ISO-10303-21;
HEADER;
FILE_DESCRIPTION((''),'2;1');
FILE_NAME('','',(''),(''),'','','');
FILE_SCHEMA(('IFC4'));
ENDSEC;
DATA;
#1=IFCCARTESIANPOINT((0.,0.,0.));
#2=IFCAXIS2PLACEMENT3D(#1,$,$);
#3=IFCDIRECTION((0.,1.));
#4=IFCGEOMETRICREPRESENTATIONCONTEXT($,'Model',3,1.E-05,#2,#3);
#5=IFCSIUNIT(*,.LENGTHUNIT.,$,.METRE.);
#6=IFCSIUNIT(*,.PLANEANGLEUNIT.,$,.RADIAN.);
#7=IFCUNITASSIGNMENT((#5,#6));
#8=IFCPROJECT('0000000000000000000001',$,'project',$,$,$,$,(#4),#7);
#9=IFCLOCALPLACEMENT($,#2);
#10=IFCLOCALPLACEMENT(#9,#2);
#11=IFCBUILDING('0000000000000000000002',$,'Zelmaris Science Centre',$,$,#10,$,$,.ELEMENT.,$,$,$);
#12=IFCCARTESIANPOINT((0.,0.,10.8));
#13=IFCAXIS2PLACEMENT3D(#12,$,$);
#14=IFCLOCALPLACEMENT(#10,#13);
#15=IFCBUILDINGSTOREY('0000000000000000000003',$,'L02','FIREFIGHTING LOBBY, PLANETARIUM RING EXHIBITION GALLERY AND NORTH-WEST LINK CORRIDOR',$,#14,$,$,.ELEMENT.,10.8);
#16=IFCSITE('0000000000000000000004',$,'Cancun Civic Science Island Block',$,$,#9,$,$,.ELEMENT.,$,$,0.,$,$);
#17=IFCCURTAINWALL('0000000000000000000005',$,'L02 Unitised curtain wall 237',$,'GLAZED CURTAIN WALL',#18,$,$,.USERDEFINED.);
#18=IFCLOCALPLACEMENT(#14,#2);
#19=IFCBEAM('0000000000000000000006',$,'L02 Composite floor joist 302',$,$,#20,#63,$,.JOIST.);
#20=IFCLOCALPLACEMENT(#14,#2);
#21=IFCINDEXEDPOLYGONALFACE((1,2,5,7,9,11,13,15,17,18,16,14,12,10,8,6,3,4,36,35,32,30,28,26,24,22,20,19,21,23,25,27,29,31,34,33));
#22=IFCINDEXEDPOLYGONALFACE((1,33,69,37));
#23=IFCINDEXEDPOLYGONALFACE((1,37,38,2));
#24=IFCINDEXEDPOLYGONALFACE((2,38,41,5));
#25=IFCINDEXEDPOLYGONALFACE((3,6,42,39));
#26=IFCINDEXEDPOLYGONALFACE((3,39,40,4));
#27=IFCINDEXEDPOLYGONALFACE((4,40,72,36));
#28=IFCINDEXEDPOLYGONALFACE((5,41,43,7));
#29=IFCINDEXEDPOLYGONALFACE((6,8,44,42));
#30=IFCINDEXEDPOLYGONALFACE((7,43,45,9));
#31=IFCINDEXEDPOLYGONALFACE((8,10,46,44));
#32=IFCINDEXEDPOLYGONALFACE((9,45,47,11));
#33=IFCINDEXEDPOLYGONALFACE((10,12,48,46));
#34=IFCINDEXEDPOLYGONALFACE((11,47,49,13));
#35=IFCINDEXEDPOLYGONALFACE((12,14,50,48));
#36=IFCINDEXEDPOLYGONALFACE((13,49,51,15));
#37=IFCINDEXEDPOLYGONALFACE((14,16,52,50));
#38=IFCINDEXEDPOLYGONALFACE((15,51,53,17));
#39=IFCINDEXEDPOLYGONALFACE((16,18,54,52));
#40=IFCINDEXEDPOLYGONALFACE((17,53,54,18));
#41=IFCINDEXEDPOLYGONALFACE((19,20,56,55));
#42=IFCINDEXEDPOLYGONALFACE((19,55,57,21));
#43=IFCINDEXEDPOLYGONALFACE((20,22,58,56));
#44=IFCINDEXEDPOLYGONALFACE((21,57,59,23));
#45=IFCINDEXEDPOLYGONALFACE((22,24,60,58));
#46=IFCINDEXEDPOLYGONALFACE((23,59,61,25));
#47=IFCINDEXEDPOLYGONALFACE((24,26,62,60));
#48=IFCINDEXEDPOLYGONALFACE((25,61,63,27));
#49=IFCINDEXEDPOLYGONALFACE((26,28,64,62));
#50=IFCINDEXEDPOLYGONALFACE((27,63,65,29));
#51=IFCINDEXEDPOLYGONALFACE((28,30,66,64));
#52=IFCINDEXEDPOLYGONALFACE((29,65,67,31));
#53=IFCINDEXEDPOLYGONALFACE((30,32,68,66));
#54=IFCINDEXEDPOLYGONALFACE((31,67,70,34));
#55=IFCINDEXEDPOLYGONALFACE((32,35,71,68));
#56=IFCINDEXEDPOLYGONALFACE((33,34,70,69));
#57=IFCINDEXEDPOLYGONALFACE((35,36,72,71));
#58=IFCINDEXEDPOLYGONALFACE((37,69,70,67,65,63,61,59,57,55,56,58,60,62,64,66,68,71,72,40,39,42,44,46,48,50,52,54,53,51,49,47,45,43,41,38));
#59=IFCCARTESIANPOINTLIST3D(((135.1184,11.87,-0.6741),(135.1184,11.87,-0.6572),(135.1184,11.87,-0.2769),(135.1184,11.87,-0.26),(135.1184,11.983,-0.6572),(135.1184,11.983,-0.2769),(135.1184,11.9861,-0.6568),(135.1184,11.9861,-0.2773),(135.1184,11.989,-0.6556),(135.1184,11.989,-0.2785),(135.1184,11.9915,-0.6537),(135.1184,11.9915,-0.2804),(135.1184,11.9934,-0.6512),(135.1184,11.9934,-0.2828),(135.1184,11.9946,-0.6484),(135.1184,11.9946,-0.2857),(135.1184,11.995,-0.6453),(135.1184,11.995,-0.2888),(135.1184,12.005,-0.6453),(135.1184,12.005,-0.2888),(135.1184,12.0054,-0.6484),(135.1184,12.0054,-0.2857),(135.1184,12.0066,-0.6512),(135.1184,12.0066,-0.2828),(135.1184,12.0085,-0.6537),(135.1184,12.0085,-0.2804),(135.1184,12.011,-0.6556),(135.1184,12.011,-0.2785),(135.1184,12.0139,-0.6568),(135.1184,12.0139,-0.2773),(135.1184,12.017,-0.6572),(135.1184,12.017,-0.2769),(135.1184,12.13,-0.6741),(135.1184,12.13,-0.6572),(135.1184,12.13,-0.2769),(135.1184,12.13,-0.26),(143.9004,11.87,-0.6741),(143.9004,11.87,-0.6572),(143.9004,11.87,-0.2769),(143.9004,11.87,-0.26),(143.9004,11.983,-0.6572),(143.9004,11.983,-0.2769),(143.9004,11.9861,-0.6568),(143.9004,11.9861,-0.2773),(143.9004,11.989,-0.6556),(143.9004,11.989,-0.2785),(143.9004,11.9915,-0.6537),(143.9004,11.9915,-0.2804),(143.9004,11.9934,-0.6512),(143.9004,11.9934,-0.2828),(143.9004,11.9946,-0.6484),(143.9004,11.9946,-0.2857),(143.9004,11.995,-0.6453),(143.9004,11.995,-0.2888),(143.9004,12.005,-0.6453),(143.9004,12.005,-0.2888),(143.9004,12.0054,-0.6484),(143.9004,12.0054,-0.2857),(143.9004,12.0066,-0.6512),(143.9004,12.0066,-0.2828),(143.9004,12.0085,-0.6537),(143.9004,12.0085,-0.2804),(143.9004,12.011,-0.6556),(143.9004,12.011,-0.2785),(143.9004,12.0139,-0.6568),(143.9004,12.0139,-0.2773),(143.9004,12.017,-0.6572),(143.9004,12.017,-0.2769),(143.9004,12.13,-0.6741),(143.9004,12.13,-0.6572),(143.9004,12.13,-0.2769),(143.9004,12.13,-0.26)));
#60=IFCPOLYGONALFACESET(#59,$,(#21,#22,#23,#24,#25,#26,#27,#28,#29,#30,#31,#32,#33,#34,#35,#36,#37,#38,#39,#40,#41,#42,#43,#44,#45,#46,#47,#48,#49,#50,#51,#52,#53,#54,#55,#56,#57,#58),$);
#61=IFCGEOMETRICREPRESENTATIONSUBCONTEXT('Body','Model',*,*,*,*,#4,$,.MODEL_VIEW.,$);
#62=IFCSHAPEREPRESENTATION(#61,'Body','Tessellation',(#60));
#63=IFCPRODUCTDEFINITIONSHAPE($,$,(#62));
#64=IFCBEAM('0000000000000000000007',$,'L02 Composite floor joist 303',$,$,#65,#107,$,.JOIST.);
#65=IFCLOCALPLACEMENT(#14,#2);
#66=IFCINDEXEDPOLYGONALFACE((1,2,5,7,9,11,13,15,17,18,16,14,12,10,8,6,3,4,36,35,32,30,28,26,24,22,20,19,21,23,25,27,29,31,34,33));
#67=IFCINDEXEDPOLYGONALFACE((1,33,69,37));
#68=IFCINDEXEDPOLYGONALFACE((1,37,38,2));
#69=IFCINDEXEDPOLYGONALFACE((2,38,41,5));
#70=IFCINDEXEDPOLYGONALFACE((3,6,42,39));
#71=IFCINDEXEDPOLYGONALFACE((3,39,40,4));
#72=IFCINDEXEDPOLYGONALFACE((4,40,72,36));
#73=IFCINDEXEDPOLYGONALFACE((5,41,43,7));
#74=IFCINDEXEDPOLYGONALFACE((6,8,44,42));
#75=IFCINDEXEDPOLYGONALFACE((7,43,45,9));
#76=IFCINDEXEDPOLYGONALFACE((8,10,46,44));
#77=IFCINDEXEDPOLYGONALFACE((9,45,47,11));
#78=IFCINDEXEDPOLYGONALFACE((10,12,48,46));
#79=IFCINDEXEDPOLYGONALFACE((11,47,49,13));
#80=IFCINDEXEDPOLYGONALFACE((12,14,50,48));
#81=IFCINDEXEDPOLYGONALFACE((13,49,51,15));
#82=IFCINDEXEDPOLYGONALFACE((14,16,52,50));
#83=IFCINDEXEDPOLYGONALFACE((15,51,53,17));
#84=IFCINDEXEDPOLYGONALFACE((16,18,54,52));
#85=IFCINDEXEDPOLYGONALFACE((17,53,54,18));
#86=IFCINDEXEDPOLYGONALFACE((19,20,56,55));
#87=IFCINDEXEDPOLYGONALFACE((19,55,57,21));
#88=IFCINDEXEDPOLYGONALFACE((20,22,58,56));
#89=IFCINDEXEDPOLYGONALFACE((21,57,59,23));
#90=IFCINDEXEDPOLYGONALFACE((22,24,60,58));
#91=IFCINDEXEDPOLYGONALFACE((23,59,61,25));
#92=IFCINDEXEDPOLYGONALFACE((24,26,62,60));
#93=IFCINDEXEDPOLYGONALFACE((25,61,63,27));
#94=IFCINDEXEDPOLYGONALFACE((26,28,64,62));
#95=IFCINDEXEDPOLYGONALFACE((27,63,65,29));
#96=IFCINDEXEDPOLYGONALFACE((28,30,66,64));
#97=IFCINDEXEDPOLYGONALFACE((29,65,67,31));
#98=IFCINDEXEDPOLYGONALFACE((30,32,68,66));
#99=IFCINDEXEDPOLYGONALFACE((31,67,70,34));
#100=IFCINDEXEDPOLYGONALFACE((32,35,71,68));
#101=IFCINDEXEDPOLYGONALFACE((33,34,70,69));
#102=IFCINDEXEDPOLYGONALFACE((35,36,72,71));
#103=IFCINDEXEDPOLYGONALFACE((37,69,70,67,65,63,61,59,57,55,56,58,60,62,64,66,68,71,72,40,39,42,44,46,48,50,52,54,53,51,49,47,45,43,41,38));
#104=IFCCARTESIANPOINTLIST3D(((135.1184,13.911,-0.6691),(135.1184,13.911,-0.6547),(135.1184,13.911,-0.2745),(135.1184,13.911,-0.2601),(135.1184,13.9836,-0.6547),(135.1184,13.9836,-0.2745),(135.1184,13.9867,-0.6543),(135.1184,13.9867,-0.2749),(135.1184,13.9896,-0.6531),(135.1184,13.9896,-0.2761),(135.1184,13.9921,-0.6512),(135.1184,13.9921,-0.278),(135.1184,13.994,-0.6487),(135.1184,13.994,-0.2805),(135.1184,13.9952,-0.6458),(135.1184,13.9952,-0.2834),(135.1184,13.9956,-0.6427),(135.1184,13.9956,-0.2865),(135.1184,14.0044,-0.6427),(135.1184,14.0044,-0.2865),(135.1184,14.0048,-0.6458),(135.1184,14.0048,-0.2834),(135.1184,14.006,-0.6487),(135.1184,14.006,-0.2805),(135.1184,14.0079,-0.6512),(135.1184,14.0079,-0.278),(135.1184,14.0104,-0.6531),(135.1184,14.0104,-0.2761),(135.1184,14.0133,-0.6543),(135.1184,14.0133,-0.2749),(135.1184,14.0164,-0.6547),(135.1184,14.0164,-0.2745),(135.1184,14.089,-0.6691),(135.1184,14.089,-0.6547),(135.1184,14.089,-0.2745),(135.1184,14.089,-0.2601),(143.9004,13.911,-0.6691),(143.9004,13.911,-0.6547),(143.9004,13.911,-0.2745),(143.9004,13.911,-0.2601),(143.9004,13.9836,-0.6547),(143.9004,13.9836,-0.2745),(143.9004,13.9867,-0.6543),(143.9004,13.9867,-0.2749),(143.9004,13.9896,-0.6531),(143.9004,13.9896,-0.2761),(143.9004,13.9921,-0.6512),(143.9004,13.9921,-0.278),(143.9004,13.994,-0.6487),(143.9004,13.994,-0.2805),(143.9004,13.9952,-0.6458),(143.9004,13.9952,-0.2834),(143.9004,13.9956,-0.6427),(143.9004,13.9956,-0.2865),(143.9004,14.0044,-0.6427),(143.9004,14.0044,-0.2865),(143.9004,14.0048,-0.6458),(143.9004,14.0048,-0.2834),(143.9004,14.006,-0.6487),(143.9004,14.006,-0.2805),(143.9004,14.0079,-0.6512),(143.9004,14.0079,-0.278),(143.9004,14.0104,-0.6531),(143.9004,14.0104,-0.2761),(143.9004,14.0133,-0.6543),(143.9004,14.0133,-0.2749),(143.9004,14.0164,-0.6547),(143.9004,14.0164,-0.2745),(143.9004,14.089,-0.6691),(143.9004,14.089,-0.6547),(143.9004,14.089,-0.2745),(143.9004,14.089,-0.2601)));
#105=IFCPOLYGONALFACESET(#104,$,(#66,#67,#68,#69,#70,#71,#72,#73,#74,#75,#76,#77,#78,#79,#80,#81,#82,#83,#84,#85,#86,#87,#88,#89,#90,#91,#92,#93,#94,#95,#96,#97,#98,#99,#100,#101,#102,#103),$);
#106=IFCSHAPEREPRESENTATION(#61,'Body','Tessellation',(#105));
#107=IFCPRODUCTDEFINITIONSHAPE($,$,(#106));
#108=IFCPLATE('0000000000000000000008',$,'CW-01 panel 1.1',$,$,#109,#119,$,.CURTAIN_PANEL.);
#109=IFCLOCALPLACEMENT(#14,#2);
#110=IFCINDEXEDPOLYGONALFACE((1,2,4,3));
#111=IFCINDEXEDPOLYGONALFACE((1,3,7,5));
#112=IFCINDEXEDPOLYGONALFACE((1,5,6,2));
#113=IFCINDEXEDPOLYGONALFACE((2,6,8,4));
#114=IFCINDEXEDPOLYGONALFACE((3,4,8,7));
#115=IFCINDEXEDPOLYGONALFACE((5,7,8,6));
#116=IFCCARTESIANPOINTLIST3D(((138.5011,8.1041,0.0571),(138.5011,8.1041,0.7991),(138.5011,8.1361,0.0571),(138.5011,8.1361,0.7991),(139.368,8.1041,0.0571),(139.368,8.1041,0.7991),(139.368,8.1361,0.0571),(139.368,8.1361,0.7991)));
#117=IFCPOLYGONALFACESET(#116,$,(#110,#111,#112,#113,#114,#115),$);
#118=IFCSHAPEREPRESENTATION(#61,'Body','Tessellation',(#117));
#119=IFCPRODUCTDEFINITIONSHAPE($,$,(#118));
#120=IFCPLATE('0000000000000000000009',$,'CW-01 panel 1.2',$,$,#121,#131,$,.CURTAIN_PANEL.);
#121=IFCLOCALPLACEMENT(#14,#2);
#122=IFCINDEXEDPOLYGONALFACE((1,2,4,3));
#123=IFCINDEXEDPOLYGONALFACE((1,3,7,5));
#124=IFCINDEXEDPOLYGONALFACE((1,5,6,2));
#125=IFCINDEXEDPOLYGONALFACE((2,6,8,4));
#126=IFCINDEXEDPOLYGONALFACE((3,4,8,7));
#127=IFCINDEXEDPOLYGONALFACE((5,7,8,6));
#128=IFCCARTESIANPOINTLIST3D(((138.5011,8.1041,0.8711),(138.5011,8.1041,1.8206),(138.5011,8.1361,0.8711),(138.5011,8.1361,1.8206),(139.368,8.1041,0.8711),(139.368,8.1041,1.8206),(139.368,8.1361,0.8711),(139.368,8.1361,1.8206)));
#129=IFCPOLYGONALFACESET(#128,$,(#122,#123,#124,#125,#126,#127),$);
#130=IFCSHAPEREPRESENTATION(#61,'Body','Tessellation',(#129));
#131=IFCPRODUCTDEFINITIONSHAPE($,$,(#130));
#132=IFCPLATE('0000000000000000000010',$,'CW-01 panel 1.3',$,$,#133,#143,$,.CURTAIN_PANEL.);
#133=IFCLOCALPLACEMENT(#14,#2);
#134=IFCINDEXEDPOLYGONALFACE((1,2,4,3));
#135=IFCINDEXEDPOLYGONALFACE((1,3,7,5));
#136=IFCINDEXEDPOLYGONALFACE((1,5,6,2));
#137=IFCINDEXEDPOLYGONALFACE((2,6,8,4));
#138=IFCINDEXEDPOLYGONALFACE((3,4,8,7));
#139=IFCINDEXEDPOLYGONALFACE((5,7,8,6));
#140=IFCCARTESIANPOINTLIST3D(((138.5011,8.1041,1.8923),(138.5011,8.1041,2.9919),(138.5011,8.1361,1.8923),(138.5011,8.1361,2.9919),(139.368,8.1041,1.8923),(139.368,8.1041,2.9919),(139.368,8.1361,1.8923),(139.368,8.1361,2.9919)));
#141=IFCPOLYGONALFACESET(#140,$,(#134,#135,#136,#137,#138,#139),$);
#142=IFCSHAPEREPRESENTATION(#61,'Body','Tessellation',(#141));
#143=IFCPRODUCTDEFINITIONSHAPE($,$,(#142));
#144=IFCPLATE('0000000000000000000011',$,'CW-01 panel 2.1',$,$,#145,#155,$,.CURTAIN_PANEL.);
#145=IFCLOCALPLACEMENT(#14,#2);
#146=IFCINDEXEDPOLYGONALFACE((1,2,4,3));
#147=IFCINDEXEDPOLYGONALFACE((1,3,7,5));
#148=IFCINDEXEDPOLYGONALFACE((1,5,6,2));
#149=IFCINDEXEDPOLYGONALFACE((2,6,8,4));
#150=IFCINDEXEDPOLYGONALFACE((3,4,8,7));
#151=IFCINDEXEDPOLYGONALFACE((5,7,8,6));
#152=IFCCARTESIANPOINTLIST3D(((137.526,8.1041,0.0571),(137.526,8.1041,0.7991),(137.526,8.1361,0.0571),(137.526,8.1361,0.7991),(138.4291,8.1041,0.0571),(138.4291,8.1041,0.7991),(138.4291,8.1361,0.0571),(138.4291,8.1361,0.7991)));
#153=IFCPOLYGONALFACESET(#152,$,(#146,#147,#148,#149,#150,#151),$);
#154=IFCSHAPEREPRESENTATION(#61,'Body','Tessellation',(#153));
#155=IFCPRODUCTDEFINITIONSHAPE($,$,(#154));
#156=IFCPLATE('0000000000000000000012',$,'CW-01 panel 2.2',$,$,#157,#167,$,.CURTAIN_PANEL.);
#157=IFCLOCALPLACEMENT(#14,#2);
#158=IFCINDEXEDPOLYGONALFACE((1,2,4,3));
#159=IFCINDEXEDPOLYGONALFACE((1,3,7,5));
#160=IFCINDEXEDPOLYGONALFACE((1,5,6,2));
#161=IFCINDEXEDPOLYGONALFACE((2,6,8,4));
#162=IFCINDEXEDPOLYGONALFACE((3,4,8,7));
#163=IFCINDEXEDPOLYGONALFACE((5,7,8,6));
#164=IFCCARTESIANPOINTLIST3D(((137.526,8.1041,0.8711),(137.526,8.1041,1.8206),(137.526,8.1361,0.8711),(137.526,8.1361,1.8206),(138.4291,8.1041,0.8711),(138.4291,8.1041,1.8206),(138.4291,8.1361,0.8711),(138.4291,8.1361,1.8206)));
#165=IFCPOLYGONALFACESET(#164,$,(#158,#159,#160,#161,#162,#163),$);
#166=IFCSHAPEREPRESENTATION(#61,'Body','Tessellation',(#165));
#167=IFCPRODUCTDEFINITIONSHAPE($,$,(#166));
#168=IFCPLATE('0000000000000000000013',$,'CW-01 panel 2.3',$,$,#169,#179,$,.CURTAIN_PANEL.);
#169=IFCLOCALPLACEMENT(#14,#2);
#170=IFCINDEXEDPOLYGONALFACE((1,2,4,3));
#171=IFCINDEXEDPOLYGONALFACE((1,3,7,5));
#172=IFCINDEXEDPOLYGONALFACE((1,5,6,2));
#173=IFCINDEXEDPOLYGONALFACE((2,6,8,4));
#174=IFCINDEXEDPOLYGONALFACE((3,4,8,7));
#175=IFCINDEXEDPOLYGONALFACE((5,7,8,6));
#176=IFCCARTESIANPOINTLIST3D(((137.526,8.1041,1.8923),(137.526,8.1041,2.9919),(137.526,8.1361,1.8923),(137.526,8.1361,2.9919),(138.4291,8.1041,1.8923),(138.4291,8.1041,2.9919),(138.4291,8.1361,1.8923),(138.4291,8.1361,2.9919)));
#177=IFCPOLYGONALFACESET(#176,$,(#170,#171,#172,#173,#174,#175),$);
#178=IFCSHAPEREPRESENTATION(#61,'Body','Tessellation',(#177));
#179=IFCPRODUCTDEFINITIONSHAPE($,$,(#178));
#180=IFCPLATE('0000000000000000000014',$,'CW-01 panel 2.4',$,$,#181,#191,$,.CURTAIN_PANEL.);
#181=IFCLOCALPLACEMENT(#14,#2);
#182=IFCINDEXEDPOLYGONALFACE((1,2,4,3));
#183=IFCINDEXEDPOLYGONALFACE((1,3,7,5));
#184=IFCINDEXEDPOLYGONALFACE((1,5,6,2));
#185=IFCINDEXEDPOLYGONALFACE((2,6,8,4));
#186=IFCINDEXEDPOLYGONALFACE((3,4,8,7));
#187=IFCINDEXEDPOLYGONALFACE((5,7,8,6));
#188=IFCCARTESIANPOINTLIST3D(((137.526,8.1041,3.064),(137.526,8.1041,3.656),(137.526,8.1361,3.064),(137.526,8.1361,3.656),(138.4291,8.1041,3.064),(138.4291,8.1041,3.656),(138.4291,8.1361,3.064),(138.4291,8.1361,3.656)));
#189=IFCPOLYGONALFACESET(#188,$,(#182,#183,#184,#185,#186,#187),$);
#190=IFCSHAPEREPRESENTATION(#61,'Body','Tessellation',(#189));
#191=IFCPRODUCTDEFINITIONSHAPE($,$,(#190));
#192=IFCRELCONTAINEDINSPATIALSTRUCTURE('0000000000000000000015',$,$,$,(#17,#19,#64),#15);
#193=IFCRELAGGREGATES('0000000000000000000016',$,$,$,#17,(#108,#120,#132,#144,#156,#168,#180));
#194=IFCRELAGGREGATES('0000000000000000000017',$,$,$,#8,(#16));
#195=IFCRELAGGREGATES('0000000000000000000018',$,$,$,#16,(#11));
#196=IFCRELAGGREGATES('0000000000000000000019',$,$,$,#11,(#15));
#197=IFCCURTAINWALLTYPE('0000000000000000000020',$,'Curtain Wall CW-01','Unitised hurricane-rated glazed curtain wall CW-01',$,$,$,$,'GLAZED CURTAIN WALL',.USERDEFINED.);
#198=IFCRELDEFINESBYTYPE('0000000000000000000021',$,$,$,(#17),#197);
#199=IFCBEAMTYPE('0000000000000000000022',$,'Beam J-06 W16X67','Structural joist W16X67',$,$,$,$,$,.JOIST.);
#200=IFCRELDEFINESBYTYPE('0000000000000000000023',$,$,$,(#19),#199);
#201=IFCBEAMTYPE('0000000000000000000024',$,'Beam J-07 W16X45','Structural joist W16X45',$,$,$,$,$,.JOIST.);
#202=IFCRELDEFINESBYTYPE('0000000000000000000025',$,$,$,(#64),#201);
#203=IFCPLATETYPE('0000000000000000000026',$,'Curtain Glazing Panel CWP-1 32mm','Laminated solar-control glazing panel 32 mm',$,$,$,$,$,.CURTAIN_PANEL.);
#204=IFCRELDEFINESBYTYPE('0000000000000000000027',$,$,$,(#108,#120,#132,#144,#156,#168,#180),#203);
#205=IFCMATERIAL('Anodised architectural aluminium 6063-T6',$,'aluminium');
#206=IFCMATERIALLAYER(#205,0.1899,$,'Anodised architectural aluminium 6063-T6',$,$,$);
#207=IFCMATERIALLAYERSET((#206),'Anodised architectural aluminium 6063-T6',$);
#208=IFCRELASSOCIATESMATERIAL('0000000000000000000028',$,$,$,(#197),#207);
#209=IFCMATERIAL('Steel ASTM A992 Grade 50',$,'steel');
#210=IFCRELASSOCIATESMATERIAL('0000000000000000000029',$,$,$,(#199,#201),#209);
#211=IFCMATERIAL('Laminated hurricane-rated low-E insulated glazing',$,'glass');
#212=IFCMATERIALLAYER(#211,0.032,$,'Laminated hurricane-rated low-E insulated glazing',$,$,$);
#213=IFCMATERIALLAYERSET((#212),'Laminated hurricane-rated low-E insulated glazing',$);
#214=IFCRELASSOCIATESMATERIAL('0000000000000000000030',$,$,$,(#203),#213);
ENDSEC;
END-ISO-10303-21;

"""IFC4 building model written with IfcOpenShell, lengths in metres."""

from ifc_helpers import new_model, si_unit, direction, frame, origin, origin_2d, place, context, subcontext, project, spatial, rectangle, i_section, extrude, material, layer, layer_set, material_profile, profile_set, type_object, element, aggregate, save


model = new_model("IFC4")

# Units and contexts
model_context = context("Model", 3, precision=1e-05, world=origin(), true_north=direction((0.0, 1.0)))
body_context = subcontext(model_context, "Body", "Model", "MODEL_VIEW")
ifc_project = project(units=[si_unit("LENGTHUNIT", "METRE"), si_unit("PLANEANGLEUNIT", "RADIAN")], contexts=[model_context])

# Site, building, storey
site_placement = place(None, origin())
site = spatial("IfcSite", under=ifc_project, at=site_placement, Name="Cancun Civic Science Island Block", CompositionType="ELEMENT", RefElevation=0.0)
building_placement = place(site_placement, origin())
building = spatial("IfcBuilding", under=site, at=building_placement, Name="Zelmaris Science Centre", CompositionType="ELEMENT")
storey_placement = place(building_placement, frame((0.0, 0.0, 10.8)))
storey = spatial("IfcBuildingStorey", under=building, at=storey_placement, Name="L02", Description="FIREFIGHTING LOBBY, PLANETARIUM RING EXHIBITION GALLERY AND NORTH-WEST LINK CORRIDOR", CompositionType="ELEMENT", Elevation=10.8)

# Shared definitions
ifc_material_1 = material(Name="Steel ASTM A992 Grade 50", Category="steel")

# Curtain wall
ifc_material_2 = material(Name="Anodised architectural aluminium 6063-T6", Category="aluminium")
ifc_layer_1 = layer(ifc_material_2, 0.1899, Name="Anodised architectural aluminium 6063-T6")
ifc_layer_set_1 = layer_set([ifc_layer_1], Name="Anodised architectural aluminium 6063-T6")
curtain_wall_type = type_object("IfcCurtainWallType", Name="Curtain Wall CW-01", Description="Unitised hurricane-rated glazed curtain wall CW-01", ElementType="GLAZED CURTAIN WALL", PredefinedType="USERDEFINED", material=ifc_layer_set_1)
curtain_wall_placement = place(storey_placement, origin())
curtain_wall = element("IfcCurtainWall", 1, at=curtain_wall_placement, inside=storey, type_object=curtain_wall_type, Name="L02 Unitised curtain wall 237", ObjectType="GLAZED CURTAIN WALL", PredefinedType="USERDEFINED")

# Beams
ifc_material_profile_1 = material_profile(ifc_material_1, i_section(OverallWidth=0.26, OverallDepth=0.4141, WebThickness=0.01, FlangeThickness=0.0168, FilletRadius=0.012, at=origin_2d()), Name="W16X67")
ifc_profile_set_1 = profile_set([ifc_material_profile_1], Name="Steel ASTM A992 Grade 50")
beam_type_1 = type_object("IfcBeamType", Name="Beam J-06 W16X67", Description="Structural joist W16X67", PredefinedType="JOIST", material=ifc_profile_set_1)
beam_1_placement = place(storey_placement, frame((135.1184, 12.0, -0.467), z_axis=(1.0, 0.0, 0.0), x_axis=(0.0, 1.0, 0.0)))
element("IfcBeam", 2, at=beam_1_placement, inside=storey, type_object=beam_type_1, Name="L02 Composite floor joist 302", PredefinedType="JOIST", context=body_context, shape_type="SweptSolid", body=[
    extrude(i_section(OverallWidth=0.26, OverallDepth=0.4141, WebThickness=0.01, FlangeThickness=0.0168, FilletRadius=0.012, at=origin_2d()), origin(), (0.0, 0.0, 1.0), 8.782),
])
ifc_material_profile_2 = material_profile(ifc_material_1, i_section(OverallWidth=0.178, OverallDepth=0.4089, WebThickness=0.0088, FlangeThickness=0.0144, FilletRadius=0.012, at=origin_2d()), Name="W16X45")
ifc_profile_set_2 = profile_set([ifc_material_profile_2], Name="Steel ASTM A992 Grade 50")
beam_type_2 = type_object("IfcBeamType", Name="Beam J-07 W16X45", Description="Structural joist W16X45", PredefinedType="JOIST", material=ifc_profile_set_2)
beam_2_placement = place(storey_placement, frame((135.1184, 14.0, -0.4646), z_axis=(1.0, 0.0, 0.0), x_axis=(0.0, 1.0, 0.0)))
element("IfcBeam", 3, at=beam_2_placement, inside=storey, type_object=beam_type_2, Name="L02 Composite floor joist 303", PredefinedType="JOIST", context=body_context, shape_type="SweptSolid", body=[
    extrude(i_section(OverallWidth=0.178, OverallDepth=0.4089, WebThickness=0.0088, FlangeThickness=0.0144, FilletRadius=0.012, at=origin_2d()), origin(), (0.0, 0.0, 1.0), 8.782),
])

# Plates
ifc_material_3 = material(Name="Laminated hurricane-rated low-E insulated glazing", Category="glass")
ifc_layer_2 = layer(ifc_material_3, 0.032, Name="Laminated hurricane-rated low-E insulated glazing")
ifc_layer_set_2 = layer_set([ifc_layer_2], Name="Laminated hurricane-rated low-E insulated glazing")
plate_type = type_object("IfcPlateType", Name="Curtain Glazing Panel CWP-1 32mm", Description="Laminated solar-control glazing panel 32 mm", PredefinedType="CURTAIN_PANEL", material=ifc_layer_set_2)
plate_1_placement = place(storey_placement, frame((138.9346, 8.1201, 0.0571), z_axis=(0.0, 0.0, 1.0), x_axis=(-1.0, 0.0, 0.0)))
plate_1 = element("IfcPlate", 4, at=plate_1_placement, type_object=plate_type, Name="CW-01 panel 1.1", PredefinedType="CURTAIN_PANEL", context=body_context, shape_type="SweptSolid", body=[
    extrude(rectangle(XDim=0.8669, YDim=0.032, at=origin_2d()), origin(), (0.0, 0.0, 1.0), 0.7419),
])
plate_2_placement = place(storey_placement, frame((138.9346, 8.1201, 0.8711), z_axis=(0.0, 0.0, 1.0), x_axis=(-1.0, 0.0, 0.0)))
plate_2 = element("IfcPlate", 5, at=plate_2_placement, type_object=plate_type, Name="CW-01 panel 1.2", PredefinedType="CURTAIN_PANEL", context=body_context, shape_type="SweptSolid", body=[
    extrude(rectangle(XDim=0.8669, YDim=0.032, at=origin_2d()), origin(), (0.0, 0.0, 1.0), 0.9495),
])
plate_3_placement = place(storey_placement, frame((138.9346, 8.1201, 1.8923), z_axis=(0.0, 0.0, 1.0), x_axis=(-1.0, 0.0, 0.0)))
plate_3 = element("IfcPlate", 6, at=plate_3_placement, type_object=plate_type, Name="CW-01 panel 1.3", PredefinedType="CURTAIN_PANEL", context=body_context, shape_type="SweptSolid", body=[
    extrude(rectangle(XDim=0.8669, YDim=0.032, at=origin_2d()), origin(), (0.0, 0.0, 1.0), 1.0996),
])
plate_4_placement = place(storey_placement, frame((137.9775, 8.1201, 0.0571), z_axis=(0.0, 0.0, 1.0), x_axis=(-1.0, 0.0, 0.0)))
plate_4 = element("IfcPlate", 7, at=plate_4_placement, type_object=plate_type, Name="CW-01 panel 2.1", PredefinedType="CURTAIN_PANEL", context=body_context, shape_type="SweptSolid", body=[
    extrude(rectangle(XDim=0.9031, YDim=0.032, at=origin_2d()), origin(), (0.0, 0.0, 1.0), 0.7419),
])
plate_5_placement = place(storey_placement, frame((137.9775, 8.1201, 0.8711), z_axis=(0.0, 0.0, 1.0), x_axis=(-1.0, 0.0, 0.0)))
plate_5 = element("IfcPlate", 8, at=plate_5_placement, type_object=plate_type, Name="CW-01 panel 2.2", PredefinedType="CURTAIN_PANEL", context=body_context, shape_type="SweptSolid", body=[
    extrude(rectangle(XDim=0.9031, YDim=0.032, at=origin_2d()), origin(), (0.0, 0.0, 1.0), 0.9495),
])
plate_6_placement = place(storey_placement, frame((137.9775, 8.1201, 1.8923), z_axis=(0.0, 0.0, 1.0), x_axis=(-1.0, 0.0, 0.0)))
plate_6 = element("IfcPlate", 9, at=plate_6_placement, type_object=plate_type, Name="CW-01 panel 2.3", PredefinedType="CURTAIN_PANEL", context=body_context, shape_type="SweptSolid", body=[
    extrude(rectangle(XDim=0.9031, YDim=0.032, at=origin_2d()), origin(), (0.0, 0.0, 1.0), 1.0996),
])
plate_7_placement = place(storey_placement, frame((137.9775, 8.1201, 3.064), z_axis=(0.0, 0.0, 1.0), x_axis=(-1.0, 0.0, 0.0)))
plate_7 = element("IfcPlate", 10, at=plate_7_placement, type_object=plate_type, Name="CW-01 panel 2.4", PredefinedType="CURTAIN_PANEL", context=body_context, shape_type="SweptSolid", body=[
    extrude(rectangle(XDim=0.9031, YDim=0.032, at=origin_2d()), origin(), (0.0, 0.0, 1.0), 0.592),
])
aggregate(curtain_wall, [plate_1, plate_2, plate_3, plate_4, plate_5, plate_6, plate_7])

save(model, "model.ifc")
